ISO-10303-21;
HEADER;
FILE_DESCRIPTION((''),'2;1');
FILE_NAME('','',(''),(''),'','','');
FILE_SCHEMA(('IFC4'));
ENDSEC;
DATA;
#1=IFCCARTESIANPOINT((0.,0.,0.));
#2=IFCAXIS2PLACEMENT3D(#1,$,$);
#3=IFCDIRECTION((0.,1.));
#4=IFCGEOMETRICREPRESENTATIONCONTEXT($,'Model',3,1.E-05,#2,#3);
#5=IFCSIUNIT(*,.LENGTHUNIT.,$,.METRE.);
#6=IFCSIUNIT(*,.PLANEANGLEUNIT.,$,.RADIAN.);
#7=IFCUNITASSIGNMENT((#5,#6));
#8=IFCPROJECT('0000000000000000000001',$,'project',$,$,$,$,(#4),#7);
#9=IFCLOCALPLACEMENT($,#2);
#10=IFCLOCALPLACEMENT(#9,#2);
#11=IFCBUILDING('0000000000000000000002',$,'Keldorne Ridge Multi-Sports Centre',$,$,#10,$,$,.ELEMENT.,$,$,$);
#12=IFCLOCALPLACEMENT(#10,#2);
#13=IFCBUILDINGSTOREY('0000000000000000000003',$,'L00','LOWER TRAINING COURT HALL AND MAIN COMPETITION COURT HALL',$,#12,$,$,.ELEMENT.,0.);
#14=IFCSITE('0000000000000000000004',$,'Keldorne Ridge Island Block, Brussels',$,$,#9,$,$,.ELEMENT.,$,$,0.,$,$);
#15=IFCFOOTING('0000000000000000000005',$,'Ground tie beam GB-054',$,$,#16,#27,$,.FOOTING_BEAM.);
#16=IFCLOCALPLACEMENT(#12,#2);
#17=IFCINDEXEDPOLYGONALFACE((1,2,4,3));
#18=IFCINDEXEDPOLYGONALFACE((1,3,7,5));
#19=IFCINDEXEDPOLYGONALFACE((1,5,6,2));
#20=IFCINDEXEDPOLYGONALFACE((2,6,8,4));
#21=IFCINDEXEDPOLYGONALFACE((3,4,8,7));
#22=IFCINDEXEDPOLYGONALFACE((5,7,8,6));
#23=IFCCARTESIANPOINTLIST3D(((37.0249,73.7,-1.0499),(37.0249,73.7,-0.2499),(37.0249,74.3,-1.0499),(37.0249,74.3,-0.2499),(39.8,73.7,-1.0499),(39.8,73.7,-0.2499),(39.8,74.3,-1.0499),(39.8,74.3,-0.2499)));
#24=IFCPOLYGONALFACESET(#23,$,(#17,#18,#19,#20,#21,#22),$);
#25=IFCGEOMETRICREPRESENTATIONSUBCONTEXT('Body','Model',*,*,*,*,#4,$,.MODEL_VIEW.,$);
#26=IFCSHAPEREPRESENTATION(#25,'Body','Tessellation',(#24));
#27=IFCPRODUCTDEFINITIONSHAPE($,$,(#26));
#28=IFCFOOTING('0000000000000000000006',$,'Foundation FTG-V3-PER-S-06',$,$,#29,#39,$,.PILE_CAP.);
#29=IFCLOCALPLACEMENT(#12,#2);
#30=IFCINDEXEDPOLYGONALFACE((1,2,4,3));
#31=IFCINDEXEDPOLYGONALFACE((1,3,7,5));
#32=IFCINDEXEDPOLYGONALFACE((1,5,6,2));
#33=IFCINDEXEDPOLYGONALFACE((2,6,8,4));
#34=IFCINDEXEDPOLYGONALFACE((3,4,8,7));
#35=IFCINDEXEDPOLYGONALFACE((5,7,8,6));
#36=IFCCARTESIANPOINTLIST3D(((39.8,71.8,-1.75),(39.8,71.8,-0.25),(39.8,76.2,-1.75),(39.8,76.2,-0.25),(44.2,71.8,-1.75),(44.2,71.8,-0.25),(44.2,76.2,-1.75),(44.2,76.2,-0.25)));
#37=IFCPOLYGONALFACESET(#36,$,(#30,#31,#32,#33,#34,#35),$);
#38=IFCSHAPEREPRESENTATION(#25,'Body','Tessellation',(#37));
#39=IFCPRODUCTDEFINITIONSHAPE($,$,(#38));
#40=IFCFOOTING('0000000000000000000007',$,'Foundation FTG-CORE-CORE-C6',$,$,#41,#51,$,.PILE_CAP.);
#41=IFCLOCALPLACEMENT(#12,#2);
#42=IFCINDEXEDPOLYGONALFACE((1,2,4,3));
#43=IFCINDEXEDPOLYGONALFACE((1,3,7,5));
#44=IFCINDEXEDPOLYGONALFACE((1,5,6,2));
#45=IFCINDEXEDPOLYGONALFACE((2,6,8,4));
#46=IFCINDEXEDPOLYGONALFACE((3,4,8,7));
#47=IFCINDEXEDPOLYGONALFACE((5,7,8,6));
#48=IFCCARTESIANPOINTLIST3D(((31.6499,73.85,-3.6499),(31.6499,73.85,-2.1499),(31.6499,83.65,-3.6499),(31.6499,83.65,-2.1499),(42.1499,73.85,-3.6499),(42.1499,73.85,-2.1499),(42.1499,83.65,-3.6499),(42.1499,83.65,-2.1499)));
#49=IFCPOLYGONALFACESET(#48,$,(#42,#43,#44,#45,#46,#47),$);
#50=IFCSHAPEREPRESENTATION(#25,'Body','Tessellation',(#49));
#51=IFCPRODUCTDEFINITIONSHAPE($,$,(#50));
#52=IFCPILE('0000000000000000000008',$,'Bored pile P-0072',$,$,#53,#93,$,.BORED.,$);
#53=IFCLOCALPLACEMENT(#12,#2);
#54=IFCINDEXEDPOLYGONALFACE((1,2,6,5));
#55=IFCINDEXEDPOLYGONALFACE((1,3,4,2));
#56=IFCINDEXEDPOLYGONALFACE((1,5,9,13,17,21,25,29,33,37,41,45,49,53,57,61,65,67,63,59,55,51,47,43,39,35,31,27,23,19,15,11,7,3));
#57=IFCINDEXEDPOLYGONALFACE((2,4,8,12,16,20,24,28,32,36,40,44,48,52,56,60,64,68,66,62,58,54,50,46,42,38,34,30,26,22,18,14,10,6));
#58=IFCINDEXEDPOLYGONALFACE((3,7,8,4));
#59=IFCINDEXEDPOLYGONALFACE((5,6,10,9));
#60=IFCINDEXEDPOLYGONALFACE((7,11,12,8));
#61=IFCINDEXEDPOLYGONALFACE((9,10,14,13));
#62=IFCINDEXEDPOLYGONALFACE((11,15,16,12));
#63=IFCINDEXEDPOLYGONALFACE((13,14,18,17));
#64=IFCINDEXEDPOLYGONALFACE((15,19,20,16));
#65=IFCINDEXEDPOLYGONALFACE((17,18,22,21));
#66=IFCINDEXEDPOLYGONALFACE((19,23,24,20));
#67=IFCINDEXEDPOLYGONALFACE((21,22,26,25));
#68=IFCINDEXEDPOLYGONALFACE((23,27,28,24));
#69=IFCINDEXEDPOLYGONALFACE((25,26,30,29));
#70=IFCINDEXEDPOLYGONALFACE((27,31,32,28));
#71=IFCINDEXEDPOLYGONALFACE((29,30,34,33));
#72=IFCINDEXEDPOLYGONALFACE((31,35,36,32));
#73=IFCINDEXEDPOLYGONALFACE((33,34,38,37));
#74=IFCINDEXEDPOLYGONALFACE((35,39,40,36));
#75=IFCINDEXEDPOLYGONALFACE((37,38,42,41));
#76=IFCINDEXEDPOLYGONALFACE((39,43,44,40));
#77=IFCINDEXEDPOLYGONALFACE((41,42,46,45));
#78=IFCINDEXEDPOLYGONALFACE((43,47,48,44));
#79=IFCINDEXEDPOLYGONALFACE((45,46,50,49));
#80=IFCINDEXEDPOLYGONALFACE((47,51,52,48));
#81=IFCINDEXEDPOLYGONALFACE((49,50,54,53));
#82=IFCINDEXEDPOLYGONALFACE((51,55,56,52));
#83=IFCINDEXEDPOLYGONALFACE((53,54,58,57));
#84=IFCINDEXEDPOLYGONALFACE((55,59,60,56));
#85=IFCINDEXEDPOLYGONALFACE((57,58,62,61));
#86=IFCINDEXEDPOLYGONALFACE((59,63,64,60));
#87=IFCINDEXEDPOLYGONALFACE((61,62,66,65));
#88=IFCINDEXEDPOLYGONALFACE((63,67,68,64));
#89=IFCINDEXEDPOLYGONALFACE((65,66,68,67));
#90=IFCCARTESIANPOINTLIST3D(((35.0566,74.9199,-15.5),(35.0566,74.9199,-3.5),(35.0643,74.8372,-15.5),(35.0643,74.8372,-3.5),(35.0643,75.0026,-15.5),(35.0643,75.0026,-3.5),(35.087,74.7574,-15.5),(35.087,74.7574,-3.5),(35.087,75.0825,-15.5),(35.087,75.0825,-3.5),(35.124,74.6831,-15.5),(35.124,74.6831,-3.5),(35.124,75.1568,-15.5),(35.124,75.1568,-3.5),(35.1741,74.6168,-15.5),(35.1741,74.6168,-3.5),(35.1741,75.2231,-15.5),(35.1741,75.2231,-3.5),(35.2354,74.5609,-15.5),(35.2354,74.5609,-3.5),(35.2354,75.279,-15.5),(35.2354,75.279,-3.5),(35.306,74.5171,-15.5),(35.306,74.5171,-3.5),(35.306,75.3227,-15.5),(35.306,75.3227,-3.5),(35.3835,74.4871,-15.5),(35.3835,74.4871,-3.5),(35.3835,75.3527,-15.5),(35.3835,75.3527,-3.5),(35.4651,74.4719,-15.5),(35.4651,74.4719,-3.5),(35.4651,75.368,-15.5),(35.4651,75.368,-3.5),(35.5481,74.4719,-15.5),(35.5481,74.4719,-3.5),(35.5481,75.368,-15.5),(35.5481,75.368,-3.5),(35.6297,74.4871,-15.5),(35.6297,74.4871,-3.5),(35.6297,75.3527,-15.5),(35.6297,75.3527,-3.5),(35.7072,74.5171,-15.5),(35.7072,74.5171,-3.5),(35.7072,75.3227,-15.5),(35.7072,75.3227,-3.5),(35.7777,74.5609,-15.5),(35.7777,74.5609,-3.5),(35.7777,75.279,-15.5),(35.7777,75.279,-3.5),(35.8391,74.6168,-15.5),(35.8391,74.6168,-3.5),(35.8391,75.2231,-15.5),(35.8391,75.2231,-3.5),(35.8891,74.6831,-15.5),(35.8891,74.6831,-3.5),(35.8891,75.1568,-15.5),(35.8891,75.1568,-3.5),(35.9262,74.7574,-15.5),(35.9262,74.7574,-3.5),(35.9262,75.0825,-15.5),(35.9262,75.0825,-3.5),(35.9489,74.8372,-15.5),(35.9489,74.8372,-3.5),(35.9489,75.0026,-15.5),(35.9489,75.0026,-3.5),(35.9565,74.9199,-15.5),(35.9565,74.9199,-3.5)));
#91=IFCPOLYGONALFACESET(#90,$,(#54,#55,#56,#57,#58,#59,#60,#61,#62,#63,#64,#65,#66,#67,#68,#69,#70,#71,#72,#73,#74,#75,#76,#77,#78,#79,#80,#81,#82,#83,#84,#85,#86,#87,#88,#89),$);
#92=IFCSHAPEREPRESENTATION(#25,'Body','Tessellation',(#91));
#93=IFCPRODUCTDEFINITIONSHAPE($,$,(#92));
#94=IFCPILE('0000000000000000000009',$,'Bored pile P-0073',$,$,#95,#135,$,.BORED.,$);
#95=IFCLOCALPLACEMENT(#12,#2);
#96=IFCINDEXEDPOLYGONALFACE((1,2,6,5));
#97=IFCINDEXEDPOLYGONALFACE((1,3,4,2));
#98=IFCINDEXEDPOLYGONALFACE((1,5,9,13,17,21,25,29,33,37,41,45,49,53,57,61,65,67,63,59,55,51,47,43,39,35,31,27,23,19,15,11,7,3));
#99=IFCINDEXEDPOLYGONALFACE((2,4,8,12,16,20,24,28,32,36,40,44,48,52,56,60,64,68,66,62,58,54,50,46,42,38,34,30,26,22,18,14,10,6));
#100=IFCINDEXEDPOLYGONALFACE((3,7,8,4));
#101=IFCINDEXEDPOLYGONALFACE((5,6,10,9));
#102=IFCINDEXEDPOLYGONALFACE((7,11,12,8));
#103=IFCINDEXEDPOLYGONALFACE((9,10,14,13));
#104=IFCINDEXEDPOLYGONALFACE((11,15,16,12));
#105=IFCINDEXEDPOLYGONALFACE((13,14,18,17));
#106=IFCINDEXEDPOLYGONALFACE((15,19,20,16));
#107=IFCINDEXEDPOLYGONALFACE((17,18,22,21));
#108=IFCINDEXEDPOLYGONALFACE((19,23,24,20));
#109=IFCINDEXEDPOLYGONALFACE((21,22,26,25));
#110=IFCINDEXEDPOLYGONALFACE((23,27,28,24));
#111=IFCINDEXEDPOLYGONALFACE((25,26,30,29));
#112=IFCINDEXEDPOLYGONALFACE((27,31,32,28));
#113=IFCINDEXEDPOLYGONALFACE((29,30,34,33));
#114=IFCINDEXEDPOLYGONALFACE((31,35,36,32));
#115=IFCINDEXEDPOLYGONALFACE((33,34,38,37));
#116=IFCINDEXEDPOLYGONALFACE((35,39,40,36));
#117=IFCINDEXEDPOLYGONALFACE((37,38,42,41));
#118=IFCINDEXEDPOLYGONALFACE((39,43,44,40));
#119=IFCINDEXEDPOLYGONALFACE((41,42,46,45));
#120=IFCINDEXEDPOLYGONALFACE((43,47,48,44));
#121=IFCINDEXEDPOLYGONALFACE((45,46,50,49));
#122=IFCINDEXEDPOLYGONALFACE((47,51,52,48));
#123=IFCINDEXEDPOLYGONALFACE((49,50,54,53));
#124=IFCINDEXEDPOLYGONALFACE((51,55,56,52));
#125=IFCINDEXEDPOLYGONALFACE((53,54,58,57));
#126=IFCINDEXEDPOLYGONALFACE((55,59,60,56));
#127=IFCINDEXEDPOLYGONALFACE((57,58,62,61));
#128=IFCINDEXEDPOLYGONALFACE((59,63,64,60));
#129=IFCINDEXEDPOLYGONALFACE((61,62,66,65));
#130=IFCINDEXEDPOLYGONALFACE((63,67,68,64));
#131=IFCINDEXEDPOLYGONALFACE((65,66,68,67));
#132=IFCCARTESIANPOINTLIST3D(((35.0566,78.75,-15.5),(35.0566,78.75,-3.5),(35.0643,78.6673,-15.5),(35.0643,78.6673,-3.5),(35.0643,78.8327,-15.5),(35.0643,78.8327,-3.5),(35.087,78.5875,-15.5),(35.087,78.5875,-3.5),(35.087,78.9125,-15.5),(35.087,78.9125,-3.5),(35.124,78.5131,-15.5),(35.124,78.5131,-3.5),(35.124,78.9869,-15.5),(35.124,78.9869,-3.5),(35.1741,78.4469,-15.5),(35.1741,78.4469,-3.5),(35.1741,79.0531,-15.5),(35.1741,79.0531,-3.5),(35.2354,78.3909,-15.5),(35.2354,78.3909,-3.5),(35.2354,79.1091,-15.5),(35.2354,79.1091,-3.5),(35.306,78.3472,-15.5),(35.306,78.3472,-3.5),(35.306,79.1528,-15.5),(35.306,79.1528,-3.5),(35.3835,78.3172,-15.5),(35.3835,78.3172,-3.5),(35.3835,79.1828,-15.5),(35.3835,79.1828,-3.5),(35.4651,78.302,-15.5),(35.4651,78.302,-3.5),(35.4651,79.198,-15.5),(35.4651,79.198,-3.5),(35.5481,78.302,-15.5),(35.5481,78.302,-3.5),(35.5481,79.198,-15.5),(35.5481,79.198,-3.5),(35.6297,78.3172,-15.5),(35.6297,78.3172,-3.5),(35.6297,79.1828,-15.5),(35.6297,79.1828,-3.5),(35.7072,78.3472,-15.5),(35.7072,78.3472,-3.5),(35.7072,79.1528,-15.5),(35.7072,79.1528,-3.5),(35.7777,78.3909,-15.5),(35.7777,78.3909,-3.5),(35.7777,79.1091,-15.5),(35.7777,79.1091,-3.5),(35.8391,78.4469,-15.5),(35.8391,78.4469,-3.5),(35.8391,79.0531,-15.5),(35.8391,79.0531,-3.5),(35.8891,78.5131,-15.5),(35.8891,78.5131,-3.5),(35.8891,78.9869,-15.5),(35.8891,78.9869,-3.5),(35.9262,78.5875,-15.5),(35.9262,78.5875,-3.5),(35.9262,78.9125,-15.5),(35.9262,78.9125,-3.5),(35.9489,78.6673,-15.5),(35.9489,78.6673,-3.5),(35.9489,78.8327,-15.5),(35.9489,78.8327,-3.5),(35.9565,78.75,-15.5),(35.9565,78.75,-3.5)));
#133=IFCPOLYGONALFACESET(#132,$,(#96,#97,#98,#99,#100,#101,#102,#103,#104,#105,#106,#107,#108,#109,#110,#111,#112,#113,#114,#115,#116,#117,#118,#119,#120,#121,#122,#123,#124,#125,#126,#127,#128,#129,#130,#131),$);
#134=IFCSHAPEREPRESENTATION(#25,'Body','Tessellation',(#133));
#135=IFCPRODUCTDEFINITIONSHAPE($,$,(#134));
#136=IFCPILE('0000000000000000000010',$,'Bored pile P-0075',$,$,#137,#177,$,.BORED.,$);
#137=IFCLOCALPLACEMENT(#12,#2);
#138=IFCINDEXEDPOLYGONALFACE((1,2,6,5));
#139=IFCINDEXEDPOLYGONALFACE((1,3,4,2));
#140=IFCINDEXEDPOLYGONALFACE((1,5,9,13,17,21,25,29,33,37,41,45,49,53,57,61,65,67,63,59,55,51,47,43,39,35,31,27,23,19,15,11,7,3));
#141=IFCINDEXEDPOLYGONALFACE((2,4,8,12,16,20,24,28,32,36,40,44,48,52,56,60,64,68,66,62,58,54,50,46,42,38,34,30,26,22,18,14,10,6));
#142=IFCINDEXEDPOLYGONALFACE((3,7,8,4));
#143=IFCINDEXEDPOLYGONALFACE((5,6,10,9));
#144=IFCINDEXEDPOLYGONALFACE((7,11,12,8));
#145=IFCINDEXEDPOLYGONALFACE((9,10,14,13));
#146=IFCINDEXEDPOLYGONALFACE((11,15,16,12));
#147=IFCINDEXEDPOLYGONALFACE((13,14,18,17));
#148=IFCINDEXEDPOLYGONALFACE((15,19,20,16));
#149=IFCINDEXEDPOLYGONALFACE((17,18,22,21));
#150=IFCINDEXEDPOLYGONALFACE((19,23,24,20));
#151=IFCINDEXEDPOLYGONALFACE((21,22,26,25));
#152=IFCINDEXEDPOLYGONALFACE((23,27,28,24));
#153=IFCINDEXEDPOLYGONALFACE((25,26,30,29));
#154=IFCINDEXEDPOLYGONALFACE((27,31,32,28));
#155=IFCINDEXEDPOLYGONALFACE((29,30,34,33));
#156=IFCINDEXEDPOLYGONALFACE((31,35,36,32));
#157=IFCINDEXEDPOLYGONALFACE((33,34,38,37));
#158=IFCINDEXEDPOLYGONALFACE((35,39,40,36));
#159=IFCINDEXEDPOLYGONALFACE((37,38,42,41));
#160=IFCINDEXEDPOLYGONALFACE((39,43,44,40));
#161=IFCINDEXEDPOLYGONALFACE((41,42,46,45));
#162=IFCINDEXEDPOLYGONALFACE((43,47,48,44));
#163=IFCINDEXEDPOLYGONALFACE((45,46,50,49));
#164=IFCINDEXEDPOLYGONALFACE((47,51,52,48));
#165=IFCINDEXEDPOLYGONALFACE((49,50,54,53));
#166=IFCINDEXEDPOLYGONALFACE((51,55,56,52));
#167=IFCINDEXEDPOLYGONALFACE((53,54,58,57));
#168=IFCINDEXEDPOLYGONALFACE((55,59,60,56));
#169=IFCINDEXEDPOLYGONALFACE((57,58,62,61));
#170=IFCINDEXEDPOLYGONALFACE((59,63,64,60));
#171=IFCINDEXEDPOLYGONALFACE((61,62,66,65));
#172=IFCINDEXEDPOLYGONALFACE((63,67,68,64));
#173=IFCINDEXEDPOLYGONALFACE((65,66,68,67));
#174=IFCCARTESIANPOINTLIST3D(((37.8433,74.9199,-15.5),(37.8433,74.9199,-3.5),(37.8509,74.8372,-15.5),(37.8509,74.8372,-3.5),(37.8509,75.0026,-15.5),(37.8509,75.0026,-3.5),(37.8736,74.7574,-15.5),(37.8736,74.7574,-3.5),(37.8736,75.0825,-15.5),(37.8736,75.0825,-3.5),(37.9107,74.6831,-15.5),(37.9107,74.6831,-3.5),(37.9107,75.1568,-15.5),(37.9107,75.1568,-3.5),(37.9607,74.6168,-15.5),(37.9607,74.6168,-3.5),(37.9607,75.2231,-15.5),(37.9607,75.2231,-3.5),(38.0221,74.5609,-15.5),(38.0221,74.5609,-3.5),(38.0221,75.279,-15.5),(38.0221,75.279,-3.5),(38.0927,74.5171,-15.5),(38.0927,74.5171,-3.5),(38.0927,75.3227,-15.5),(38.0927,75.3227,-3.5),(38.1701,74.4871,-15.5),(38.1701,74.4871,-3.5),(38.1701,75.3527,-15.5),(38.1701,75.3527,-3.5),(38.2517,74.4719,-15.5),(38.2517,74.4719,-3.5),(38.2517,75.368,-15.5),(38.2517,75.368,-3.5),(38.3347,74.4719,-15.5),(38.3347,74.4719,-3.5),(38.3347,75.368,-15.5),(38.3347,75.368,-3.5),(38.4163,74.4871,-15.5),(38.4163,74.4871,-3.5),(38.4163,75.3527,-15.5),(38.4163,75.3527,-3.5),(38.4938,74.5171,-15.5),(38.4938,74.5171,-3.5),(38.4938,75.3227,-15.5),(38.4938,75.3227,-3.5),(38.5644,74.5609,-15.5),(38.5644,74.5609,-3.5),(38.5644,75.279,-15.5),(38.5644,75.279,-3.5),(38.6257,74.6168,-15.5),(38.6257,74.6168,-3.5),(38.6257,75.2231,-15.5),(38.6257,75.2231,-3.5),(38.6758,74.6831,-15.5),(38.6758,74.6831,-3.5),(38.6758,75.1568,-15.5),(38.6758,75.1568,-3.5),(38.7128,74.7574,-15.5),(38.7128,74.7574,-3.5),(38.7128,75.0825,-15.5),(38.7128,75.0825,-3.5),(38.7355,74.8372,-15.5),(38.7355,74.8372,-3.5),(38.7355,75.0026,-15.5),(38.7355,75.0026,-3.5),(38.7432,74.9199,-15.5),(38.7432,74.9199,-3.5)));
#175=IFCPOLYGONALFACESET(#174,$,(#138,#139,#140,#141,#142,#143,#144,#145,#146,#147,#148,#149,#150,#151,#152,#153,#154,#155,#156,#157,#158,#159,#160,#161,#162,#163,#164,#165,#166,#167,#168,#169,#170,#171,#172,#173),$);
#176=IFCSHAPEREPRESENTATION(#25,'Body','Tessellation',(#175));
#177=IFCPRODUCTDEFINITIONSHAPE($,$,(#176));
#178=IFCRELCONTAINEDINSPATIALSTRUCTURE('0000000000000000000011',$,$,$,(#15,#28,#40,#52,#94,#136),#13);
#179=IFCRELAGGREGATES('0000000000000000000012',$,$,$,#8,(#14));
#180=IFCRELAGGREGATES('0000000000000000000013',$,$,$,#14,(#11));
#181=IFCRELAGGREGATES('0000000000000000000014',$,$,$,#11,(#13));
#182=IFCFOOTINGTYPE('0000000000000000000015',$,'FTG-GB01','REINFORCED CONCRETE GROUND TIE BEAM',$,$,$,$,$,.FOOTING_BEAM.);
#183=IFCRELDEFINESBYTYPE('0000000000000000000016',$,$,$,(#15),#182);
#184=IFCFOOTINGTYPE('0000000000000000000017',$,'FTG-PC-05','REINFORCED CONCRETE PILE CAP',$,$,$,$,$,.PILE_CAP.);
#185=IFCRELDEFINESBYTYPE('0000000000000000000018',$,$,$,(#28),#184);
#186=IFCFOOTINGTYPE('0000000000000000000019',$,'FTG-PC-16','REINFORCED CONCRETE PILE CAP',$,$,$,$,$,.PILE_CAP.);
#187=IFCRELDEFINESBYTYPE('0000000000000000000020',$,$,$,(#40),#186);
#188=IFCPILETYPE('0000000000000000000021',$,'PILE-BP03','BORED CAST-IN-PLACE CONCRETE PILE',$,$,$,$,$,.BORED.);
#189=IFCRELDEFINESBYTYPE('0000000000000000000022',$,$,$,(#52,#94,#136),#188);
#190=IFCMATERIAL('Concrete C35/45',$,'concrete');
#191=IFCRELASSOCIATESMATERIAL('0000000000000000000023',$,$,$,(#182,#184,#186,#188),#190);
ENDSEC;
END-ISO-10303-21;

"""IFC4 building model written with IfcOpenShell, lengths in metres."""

from ifc_helpers import new_model, si_unit, direction, frame, origin, origin_2d, place, context, subcontext, project, spatial, rectangle, circle, extrude, material, material_profile, profile_set, type_object, element, save


model = new_model("IFC4")

# Units and contexts
model_context = context("Model", 3, precision=1e-05, world=origin(), true_north=direction((0.0, 1.0)))
body_context = subcontext(model_context, "Body", "Model", "MODEL_VIEW")
ifc_project = project(units=[si_unit("LENGTHUNIT", "METRE"), si_unit("PLANEANGLEUNIT", "RADIAN")], contexts=[model_context])

# Site, building, storey
site_placement = place(None, origin())
site = spatial("IfcSite", under=ifc_project, at=site_placement, Name="Keldorne Ridge Island Block, Brussels", CompositionType="ELEMENT", RefElevation=0.0)
building_placement = place(site_placement, origin())
building = spatial("IfcBuilding", under=site, at=building_placement, Name="Keldorne Ridge Multi-Sports Centre", CompositionType="ELEMENT")
storey_placement = place(building_placement, origin())
storey = spatial("IfcBuildingStorey", under=building, at=storey_placement, Name="L00", Description="LOWER TRAINING COURT HALL AND MAIN COMPETITION COURT HALL", CompositionType="ELEMENT", Elevation=0.0)

# Footings
ifc_material_1 = material(Name="Concrete C35/45", Category="concrete")
ifc_material_profile_1 = material_profile(ifc_material_1, rectangle(XDim=0.6001, YDim=0.8, at=origin_2d()), Name="GB 600x800")
ifc_profile_set_1 = profile_set([ifc_material_profile_1], Name="Concrete C35/45")
footing_type_1 = type_object("IfcFootingType", Name="FTG-GB01", Description="REINFORCED CONCRETE GROUND TIE BEAM", PredefinedType="FOOTING_BEAM", material=ifc_profile_set_1)
footing_1_placement = place(storey_placement, frame((37.0249, 74.0, -0.6499), z_axis=(1.0, 0.0, 0.0), x_axis=(0.0, 1.0, 0.0)))
element("IfcFooting", 1, at=footing_1_placement, inside=storey, type_object=footing_type_1, Name="Ground tie beam GB-054", PredefinedType="FOOTING_BEAM", context=body_context, shape_type="SweptSolid", body=[
    extrude(rectangle(XDim=0.6001, YDim=0.8, at=origin_2d()), origin(), (0.0, 0.0, 1.0), 2.7751),
])
footing_type_2 = type_object("IfcFootingType", Name="FTG-PC-05", Description="REINFORCED CONCRETE PILE CAP", PredefinedType="PILE_CAP", material=ifc_material_1)
footing_2_placement = place(storey_placement, frame((42.0, 74.0, -1.75), z_axis=(0.0, 0.0, 1.0), x_axis=(1.0, 0.0, 0.0)))
element("IfcFooting", 2, at=footing_2_placement, inside=storey, type_object=footing_type_2, Name="Foundation FTG-V3-PER-S-06", PredefinedType="PILE_CAP", context=body_context, shape_type="SweptSolid", body=[
    extrude(rectangle(XDim=4.3999, YDim=4.3999, at=origin_2d()), origin(), (0.0, 0.0, 1.0), 1.5),
])
footing_type_3 = type_object("IfcFootingType", Name="FTG-PC-16", Description="REINFORCED CONCRETE PILE CAP", PredefinedType="PILE_CAP", material=ifc_material_1)
footing_3_placement = place(storey_placement, frame((36.8999, 78.75, -3.6499), z_axis=(0.0, 0.0, 1.0), x_axis=(1.0, 0.0, 0.0)))
element("IfcFooting", 3, at=footing_3_placement, inside=storey, type_object=footing_type_3, Name="Foundation FTG-CORE-CORE-C6", PredefinedType="PILE_CAP", context=body_context, shape_type="SweptSolid", body=[
    extrude(rectangle(XDim=10.5, YDim=9.8, at=origin_2d()), origin(), (0.0, 0.0, 1.0), 1.5),
])

# Piles
ifc_material_profile_2 = material_profile(ifc_material_1, circle(Radius=0.45, at=origin_2d()), Name="BORED PILE D900")
ifc_profile_set_2 = profile_set([ifc_material_profile_2], Name="Concrete C35/45")
pile_type = type_object("IfcPileType", Name="PILE-BP03", Description="BORED CAST-IN-PLACE CONCRETE PILE", PredefinedType="BORED", material=ifc_profile_set_2)
for number, where, z_axis, x_axis, name in (
    (4, (35.5066, 74.9199, -3.5), (0.0, 0.0, -1.0), (1.0, 0.0, 0.0), "Bored pile P-0072"),
    (5, (35.5066, 78.75, -3.5), (0.0, 0.0, -1.0), (1.0, 0.0, 0.0), "Bored pile P-0073"),
    (6, (38.2932, 74.9199, -3.5), (0.0, 0.0, -1.0), (1.0, 0.0, 0.0), "Bored pile P-0075"),
):
    element("IfcPile", number, at=place(storey_placement, frame(where, z_axis=z_axis, x_axis=x_axis)), inside=storey, type_object=pile_type, Name=name, PredefinedType="BORED", context=body_context, shape_type="SweptSolid", body=[
        extrude(circle(Radius=0.45, at=origin_2d()), origin(), (0.0, 0.0, 1.0), 12.0),
    ])

save(model, "model.ifc")
